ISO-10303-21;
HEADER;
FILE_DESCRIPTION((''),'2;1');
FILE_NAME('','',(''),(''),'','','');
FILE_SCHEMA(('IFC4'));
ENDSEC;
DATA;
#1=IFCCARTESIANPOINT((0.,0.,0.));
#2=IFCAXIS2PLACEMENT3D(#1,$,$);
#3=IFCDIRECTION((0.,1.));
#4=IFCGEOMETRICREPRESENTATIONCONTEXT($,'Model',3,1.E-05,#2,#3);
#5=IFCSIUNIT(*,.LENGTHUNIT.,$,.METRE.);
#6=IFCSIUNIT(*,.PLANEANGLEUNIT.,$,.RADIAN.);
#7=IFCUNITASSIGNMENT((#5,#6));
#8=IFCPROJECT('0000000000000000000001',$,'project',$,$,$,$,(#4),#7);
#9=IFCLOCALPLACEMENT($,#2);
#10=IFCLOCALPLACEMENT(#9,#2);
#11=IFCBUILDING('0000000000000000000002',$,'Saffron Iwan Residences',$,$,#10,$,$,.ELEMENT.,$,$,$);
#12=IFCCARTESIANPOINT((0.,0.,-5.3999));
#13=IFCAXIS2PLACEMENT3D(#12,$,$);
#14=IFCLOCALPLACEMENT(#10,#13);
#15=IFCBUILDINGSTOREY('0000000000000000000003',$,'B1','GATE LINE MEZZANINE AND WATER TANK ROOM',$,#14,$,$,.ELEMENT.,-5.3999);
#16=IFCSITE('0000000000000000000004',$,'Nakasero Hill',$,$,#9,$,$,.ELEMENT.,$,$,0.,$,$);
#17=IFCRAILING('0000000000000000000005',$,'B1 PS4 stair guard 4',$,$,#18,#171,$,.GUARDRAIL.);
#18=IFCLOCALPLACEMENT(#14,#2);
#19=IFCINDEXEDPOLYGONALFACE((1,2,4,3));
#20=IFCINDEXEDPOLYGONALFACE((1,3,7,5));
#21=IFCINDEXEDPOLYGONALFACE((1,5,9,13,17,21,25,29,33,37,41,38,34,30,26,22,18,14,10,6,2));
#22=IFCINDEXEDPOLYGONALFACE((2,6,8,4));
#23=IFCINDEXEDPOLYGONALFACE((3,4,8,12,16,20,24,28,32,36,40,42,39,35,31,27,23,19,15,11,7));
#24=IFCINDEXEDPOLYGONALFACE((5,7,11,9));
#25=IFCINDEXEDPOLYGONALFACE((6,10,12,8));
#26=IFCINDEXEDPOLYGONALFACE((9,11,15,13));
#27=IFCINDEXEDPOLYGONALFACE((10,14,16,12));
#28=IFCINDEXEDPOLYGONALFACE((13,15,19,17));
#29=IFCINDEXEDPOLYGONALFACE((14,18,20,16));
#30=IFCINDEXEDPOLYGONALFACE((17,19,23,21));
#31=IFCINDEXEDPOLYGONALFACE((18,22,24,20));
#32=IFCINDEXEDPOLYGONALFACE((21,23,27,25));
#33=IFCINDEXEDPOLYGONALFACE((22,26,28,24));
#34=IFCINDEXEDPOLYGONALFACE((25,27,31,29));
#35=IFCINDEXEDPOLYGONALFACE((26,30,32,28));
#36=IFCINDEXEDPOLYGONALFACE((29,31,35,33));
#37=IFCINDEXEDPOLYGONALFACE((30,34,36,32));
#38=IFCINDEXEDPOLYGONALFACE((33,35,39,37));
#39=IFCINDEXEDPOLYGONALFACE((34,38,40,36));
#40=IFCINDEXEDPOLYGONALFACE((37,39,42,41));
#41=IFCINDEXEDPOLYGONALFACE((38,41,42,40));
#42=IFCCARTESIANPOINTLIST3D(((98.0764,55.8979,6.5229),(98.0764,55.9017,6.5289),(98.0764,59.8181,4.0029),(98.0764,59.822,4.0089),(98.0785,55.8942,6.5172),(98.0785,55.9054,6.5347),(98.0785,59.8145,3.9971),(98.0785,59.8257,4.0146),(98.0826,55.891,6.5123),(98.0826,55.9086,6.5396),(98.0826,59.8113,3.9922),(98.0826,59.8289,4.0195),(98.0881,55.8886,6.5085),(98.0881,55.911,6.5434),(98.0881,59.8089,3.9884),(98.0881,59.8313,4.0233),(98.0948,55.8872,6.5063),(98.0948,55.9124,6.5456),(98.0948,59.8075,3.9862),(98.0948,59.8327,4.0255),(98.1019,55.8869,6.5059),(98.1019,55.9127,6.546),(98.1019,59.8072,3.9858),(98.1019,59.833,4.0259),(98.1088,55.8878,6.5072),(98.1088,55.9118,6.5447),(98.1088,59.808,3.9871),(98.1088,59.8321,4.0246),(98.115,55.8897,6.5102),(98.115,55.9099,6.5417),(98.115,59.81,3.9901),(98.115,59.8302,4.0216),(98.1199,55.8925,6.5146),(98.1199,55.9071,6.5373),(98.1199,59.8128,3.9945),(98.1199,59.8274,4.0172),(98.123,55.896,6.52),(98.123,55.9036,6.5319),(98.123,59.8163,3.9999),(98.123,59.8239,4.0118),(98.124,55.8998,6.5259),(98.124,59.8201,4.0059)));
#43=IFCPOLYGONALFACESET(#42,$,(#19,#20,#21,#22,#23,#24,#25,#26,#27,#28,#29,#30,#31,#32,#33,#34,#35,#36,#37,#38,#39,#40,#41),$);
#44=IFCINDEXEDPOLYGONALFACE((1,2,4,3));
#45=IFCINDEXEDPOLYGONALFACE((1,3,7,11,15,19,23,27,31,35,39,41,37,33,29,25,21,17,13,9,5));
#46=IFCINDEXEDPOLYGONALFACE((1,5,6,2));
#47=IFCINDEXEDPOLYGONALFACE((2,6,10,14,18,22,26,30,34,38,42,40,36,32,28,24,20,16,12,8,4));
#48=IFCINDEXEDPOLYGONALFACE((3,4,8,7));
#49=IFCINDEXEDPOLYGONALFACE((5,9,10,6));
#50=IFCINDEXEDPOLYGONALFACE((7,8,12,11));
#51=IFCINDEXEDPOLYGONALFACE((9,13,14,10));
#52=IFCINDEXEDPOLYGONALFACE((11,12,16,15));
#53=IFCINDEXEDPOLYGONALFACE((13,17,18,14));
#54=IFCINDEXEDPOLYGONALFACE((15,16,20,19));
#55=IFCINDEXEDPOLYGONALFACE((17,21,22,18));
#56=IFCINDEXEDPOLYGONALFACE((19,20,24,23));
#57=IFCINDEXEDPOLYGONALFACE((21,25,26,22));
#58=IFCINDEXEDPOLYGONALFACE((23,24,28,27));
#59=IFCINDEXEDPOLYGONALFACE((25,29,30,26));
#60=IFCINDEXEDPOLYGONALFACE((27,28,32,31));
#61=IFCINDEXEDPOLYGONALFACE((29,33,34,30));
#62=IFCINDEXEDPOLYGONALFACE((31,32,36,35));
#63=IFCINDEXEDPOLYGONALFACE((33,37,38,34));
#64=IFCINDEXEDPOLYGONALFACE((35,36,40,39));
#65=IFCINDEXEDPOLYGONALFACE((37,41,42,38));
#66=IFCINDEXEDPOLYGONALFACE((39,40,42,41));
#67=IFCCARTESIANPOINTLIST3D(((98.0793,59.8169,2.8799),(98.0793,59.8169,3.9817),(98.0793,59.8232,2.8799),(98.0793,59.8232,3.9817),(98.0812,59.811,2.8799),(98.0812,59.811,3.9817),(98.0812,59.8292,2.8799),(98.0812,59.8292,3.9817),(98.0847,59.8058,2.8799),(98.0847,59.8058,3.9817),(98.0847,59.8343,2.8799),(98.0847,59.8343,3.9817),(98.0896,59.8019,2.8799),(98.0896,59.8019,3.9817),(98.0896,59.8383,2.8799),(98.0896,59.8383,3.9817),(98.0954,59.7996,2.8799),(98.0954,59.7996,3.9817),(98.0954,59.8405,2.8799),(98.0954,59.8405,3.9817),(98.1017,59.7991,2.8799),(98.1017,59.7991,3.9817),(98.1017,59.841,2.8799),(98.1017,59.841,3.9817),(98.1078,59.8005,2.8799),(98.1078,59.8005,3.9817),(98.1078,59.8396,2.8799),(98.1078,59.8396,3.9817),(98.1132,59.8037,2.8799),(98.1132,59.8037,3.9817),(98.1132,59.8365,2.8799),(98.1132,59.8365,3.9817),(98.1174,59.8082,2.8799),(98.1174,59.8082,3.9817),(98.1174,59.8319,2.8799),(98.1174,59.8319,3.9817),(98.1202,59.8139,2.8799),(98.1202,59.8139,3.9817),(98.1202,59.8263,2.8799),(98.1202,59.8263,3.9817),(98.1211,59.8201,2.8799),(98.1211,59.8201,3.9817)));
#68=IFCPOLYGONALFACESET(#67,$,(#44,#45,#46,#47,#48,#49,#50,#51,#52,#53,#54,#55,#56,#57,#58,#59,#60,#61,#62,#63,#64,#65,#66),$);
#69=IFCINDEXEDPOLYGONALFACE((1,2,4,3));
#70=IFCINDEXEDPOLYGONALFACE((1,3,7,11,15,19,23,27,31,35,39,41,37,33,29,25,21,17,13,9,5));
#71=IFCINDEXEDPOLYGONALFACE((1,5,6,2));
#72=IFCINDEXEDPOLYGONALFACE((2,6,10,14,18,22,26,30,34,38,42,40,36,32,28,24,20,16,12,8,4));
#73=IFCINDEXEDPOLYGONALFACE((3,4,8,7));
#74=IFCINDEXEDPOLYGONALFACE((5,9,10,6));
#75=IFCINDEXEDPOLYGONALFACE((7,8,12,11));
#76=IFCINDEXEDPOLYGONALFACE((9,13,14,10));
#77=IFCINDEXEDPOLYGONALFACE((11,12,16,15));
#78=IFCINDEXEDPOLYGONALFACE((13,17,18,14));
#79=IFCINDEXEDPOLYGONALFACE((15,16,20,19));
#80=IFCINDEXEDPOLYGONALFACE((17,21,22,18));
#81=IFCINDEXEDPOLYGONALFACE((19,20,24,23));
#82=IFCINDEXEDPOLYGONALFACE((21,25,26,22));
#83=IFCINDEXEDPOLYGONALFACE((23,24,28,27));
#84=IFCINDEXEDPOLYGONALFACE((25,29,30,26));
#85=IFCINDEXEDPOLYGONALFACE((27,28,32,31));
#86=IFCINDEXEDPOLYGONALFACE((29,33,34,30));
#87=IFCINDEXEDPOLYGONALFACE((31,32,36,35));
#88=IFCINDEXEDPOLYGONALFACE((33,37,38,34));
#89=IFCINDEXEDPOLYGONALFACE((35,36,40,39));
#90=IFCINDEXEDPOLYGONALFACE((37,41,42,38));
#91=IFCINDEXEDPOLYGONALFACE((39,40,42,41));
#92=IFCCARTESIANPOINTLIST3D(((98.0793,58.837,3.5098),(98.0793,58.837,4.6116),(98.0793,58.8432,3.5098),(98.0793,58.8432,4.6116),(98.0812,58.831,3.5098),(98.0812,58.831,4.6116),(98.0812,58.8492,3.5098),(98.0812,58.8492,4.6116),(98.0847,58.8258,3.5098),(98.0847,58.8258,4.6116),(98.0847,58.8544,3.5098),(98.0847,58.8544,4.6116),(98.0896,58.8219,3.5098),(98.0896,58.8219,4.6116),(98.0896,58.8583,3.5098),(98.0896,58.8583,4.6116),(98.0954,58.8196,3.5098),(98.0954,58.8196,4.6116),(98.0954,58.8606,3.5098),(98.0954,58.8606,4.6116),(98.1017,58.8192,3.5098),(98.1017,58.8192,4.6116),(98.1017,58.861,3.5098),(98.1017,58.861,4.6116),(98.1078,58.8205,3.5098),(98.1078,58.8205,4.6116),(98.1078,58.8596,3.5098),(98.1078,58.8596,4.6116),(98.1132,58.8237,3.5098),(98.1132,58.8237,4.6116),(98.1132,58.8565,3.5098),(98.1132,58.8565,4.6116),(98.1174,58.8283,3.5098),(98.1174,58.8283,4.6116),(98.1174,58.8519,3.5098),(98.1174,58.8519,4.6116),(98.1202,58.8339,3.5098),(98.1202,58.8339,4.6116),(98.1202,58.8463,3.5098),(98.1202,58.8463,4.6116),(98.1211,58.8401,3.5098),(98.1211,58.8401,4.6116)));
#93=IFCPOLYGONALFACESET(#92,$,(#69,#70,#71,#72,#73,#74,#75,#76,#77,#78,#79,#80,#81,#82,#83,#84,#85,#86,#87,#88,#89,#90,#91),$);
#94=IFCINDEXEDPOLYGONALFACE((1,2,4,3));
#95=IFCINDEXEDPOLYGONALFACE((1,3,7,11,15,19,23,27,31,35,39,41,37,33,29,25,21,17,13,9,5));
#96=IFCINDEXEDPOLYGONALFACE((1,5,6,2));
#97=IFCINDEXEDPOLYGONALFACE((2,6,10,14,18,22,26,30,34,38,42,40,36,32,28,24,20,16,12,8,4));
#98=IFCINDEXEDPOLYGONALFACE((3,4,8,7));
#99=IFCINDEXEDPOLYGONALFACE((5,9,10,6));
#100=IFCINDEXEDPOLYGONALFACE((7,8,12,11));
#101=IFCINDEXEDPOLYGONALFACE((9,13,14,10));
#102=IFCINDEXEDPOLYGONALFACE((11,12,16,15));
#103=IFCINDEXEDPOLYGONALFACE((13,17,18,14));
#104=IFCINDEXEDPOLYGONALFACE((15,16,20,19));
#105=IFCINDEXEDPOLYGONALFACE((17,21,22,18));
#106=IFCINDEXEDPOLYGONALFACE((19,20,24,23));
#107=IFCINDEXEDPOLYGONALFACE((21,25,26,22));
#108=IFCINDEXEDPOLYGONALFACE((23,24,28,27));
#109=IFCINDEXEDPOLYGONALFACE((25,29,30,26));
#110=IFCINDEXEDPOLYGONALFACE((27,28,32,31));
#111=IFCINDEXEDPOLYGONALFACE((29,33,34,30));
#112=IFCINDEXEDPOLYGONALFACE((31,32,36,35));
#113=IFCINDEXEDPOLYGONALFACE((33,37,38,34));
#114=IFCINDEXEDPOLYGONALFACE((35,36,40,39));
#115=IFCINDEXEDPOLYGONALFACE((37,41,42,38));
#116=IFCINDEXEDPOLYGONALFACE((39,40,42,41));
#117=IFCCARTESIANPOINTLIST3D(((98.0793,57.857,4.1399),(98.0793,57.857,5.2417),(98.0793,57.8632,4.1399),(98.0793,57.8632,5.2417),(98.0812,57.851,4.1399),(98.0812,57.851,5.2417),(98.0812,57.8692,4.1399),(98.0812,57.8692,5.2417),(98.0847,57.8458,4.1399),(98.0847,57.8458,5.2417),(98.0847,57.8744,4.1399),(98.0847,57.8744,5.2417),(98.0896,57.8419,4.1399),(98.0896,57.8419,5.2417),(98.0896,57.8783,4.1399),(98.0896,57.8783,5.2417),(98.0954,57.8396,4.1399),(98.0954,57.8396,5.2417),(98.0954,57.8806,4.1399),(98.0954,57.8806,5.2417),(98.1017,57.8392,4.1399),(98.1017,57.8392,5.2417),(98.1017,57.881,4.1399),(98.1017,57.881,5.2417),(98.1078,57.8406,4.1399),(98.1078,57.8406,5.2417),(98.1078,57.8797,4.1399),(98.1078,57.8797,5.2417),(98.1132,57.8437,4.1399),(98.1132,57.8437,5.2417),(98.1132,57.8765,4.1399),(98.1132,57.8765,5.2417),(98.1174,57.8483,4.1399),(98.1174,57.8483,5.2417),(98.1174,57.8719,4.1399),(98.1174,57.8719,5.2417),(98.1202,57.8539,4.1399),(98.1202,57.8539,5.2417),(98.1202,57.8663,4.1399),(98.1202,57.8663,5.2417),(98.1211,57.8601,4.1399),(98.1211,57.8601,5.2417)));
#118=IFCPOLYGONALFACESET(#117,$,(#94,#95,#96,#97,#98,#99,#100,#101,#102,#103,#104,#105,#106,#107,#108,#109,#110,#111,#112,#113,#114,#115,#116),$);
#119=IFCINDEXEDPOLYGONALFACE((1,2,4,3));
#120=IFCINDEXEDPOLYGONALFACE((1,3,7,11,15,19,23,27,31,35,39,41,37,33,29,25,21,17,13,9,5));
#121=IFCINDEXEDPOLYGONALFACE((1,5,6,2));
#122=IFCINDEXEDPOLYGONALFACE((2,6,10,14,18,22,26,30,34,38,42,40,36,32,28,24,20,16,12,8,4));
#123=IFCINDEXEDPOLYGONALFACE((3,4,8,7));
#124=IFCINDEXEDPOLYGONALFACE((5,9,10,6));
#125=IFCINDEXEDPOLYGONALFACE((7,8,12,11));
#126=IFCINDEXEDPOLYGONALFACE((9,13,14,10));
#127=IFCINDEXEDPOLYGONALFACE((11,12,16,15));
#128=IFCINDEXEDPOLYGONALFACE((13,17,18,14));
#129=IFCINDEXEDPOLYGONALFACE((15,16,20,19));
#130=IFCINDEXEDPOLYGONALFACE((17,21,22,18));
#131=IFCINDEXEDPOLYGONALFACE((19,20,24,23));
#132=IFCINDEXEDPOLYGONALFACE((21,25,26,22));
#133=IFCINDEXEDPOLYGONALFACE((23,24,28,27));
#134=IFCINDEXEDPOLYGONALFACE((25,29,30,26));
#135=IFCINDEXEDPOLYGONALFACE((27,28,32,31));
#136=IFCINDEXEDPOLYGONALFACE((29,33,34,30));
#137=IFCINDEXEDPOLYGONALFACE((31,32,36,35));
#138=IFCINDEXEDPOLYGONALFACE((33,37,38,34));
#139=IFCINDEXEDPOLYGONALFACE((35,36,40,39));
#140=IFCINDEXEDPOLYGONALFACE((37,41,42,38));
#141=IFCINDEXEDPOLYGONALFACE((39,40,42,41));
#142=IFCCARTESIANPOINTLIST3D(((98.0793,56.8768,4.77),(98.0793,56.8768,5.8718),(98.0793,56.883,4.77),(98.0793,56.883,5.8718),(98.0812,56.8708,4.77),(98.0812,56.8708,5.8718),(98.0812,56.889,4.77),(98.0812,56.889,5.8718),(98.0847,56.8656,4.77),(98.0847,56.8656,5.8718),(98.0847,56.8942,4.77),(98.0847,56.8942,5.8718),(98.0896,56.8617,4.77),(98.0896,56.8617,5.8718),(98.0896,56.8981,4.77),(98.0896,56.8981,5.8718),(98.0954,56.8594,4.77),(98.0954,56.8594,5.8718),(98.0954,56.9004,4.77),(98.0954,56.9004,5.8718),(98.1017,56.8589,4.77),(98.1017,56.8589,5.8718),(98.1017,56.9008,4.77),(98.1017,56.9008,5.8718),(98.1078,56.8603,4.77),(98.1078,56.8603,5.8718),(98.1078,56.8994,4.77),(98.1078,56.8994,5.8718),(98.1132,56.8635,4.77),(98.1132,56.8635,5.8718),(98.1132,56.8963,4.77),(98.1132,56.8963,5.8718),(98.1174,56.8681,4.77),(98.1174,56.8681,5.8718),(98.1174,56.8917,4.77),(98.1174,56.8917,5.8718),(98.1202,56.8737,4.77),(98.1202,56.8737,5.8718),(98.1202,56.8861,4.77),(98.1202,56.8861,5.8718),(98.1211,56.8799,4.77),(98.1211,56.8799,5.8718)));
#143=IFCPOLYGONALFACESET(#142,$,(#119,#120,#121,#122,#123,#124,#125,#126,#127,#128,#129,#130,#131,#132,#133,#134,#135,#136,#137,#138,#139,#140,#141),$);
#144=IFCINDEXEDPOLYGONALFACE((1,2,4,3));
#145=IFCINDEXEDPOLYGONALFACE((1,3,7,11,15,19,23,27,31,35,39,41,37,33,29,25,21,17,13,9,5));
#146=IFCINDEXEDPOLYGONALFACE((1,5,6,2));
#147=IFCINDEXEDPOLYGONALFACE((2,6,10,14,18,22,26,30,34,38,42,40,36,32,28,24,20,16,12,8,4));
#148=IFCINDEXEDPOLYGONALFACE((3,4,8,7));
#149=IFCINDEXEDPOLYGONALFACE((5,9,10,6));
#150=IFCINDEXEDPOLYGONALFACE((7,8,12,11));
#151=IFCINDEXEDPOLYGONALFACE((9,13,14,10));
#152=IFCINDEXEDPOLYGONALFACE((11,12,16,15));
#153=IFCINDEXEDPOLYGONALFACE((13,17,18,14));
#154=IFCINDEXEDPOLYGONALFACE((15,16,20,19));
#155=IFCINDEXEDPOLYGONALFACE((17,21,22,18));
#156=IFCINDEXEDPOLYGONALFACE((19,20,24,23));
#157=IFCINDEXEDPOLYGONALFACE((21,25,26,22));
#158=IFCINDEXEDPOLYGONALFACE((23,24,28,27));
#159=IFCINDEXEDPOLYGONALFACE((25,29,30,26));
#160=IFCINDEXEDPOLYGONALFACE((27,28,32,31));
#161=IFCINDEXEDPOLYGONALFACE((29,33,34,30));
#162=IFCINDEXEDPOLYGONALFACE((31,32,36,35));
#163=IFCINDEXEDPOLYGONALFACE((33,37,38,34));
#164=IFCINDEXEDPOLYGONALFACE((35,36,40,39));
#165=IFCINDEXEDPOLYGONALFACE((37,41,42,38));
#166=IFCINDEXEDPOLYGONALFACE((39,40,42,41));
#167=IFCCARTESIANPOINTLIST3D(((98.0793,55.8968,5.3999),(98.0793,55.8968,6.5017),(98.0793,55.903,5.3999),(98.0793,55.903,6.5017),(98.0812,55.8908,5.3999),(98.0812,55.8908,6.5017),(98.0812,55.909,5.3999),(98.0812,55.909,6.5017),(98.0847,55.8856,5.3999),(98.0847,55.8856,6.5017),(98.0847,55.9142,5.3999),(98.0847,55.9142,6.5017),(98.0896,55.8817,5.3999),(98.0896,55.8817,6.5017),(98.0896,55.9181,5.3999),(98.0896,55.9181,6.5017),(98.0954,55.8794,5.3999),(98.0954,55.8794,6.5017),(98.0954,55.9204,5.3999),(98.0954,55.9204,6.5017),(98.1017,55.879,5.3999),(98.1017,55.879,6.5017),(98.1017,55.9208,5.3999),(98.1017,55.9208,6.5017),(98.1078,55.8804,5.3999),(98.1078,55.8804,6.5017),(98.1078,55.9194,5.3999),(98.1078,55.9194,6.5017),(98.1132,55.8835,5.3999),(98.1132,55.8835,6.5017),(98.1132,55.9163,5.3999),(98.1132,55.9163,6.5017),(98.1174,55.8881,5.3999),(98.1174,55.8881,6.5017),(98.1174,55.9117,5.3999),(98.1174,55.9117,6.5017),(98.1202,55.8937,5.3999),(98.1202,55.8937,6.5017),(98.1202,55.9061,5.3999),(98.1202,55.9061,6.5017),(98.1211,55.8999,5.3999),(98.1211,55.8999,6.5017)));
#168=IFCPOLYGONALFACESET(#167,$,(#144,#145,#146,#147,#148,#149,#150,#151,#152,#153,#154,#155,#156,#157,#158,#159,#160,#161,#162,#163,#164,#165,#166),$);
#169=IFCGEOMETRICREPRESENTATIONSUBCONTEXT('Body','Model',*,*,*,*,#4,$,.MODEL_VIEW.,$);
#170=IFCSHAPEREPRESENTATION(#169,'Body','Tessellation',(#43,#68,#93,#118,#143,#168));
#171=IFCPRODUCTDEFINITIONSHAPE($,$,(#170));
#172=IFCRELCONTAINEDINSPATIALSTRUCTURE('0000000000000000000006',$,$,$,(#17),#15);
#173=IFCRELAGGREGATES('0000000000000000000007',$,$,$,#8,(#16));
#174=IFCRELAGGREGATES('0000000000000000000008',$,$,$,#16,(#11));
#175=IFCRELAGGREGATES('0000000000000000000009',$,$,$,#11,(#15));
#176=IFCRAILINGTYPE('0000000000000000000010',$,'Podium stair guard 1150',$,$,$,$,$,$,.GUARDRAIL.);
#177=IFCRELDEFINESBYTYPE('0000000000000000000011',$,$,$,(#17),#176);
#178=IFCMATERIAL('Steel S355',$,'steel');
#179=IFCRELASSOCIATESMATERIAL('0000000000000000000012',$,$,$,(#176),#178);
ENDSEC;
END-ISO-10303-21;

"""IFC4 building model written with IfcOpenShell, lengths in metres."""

from ifc_helpers import new_model, si_unit, direction, frame, origin, origin_2d, place, context, subcontext, project, spatial, circle, extrude, material, type_object, element, save


model = new_model("IFC4")

# Units and contexts
model_context = context("Model", 3, precision=1e-05, world=origin(), true_north=direction((0.0, 1.0)))
body_context = subcontext(model_context, "Body", "Model", "MODEL_VIEW")
ifc_project = project(units=[si_unit("LENGTHUNIT", "METRE"), si_unit("PLANEANGLEUNIT", "RADIAN")], contexts=[model_context])

# Site, building, storey
site_placement = place(None, origin())
site = spatial("IfcSite", under=ifc_project, at=site_placement, Name="Nakasero Hill", CompositionType="ELEMENT", RefElevation=0.0)
building_placement = place(site_placement, origin())
building = spatial("IfcBuilding", under=site, at=building_placement, Name="Saffron Iwan Residences", CompositionType="ELEMENT")
storey_placement = place(building_placement, frame((0.0, 0.0, -5.3999)))
storey = spatial("IfcBuildingStorey", under=building, at=storey_placement, Name="B1", Description="GATE LINE MEZZANINE AND WATER TANK ROOM", CompositionType="ELEMENT", Elevation=-5.3999)

# Railing
ifc_material_1 = material(Name="Steel S355", Category="steel")
railing_type_1 = type_object("IfcRailingType", Name="Podium stair guard 1150", PredefinedType="GUARDRAIL", material=ifc_material_1)
railing_1_placement = place(storey_placement, frame((98.1001, 59.8201, 2.8799)))
element("IfcRailing", 1, at=railing_1_placement, inside=storey, type_object=railing_type_1, Name="B1 PS4 stair guard 4", PredefinedType="GUARDRAIL", context=body_context, shape_type="SweptSolid", body=[
    extrude(circle(Radius=0.0239, at=origin_2d()), frame((0.0, 0.0, 1.126), z_axis=(0.0, -0.841187, 0.540744), x_axis=(1.0, 0.0, 0.0)), (0.0, 0.0, 1.0), 4.6604),
    extrude(circle(Radius=0.021, at=origin_2d()), origin(), (0.0, 0.0, 1.0), 1.1018),
    extrude(circle(Radius=0.021, at=origin_2d()), frame((0.0, -0.98, 0.6299)), (0.0, 0.0, 1.0), 1.1018),
    extrude(circle(Radius=0.021, at=origin_2d()), frame((0.0, -1.96, 1.26)), (0.0, 0.0, 1.0), 1.1018),
    extrude(circle(Radius=0.021, at=origin_2d()), frame((0.0, -2.9402, 1.8901)), (0.0, 0.0, 1.0), 1.1018),
    extrude(circle(Radius=0.021, at=origin_2d()), frame((0.0, -3.9202, 2.52)), (0.0, 0.0, 1.0), 1.1018),
])

save(model, "model.ifc")
